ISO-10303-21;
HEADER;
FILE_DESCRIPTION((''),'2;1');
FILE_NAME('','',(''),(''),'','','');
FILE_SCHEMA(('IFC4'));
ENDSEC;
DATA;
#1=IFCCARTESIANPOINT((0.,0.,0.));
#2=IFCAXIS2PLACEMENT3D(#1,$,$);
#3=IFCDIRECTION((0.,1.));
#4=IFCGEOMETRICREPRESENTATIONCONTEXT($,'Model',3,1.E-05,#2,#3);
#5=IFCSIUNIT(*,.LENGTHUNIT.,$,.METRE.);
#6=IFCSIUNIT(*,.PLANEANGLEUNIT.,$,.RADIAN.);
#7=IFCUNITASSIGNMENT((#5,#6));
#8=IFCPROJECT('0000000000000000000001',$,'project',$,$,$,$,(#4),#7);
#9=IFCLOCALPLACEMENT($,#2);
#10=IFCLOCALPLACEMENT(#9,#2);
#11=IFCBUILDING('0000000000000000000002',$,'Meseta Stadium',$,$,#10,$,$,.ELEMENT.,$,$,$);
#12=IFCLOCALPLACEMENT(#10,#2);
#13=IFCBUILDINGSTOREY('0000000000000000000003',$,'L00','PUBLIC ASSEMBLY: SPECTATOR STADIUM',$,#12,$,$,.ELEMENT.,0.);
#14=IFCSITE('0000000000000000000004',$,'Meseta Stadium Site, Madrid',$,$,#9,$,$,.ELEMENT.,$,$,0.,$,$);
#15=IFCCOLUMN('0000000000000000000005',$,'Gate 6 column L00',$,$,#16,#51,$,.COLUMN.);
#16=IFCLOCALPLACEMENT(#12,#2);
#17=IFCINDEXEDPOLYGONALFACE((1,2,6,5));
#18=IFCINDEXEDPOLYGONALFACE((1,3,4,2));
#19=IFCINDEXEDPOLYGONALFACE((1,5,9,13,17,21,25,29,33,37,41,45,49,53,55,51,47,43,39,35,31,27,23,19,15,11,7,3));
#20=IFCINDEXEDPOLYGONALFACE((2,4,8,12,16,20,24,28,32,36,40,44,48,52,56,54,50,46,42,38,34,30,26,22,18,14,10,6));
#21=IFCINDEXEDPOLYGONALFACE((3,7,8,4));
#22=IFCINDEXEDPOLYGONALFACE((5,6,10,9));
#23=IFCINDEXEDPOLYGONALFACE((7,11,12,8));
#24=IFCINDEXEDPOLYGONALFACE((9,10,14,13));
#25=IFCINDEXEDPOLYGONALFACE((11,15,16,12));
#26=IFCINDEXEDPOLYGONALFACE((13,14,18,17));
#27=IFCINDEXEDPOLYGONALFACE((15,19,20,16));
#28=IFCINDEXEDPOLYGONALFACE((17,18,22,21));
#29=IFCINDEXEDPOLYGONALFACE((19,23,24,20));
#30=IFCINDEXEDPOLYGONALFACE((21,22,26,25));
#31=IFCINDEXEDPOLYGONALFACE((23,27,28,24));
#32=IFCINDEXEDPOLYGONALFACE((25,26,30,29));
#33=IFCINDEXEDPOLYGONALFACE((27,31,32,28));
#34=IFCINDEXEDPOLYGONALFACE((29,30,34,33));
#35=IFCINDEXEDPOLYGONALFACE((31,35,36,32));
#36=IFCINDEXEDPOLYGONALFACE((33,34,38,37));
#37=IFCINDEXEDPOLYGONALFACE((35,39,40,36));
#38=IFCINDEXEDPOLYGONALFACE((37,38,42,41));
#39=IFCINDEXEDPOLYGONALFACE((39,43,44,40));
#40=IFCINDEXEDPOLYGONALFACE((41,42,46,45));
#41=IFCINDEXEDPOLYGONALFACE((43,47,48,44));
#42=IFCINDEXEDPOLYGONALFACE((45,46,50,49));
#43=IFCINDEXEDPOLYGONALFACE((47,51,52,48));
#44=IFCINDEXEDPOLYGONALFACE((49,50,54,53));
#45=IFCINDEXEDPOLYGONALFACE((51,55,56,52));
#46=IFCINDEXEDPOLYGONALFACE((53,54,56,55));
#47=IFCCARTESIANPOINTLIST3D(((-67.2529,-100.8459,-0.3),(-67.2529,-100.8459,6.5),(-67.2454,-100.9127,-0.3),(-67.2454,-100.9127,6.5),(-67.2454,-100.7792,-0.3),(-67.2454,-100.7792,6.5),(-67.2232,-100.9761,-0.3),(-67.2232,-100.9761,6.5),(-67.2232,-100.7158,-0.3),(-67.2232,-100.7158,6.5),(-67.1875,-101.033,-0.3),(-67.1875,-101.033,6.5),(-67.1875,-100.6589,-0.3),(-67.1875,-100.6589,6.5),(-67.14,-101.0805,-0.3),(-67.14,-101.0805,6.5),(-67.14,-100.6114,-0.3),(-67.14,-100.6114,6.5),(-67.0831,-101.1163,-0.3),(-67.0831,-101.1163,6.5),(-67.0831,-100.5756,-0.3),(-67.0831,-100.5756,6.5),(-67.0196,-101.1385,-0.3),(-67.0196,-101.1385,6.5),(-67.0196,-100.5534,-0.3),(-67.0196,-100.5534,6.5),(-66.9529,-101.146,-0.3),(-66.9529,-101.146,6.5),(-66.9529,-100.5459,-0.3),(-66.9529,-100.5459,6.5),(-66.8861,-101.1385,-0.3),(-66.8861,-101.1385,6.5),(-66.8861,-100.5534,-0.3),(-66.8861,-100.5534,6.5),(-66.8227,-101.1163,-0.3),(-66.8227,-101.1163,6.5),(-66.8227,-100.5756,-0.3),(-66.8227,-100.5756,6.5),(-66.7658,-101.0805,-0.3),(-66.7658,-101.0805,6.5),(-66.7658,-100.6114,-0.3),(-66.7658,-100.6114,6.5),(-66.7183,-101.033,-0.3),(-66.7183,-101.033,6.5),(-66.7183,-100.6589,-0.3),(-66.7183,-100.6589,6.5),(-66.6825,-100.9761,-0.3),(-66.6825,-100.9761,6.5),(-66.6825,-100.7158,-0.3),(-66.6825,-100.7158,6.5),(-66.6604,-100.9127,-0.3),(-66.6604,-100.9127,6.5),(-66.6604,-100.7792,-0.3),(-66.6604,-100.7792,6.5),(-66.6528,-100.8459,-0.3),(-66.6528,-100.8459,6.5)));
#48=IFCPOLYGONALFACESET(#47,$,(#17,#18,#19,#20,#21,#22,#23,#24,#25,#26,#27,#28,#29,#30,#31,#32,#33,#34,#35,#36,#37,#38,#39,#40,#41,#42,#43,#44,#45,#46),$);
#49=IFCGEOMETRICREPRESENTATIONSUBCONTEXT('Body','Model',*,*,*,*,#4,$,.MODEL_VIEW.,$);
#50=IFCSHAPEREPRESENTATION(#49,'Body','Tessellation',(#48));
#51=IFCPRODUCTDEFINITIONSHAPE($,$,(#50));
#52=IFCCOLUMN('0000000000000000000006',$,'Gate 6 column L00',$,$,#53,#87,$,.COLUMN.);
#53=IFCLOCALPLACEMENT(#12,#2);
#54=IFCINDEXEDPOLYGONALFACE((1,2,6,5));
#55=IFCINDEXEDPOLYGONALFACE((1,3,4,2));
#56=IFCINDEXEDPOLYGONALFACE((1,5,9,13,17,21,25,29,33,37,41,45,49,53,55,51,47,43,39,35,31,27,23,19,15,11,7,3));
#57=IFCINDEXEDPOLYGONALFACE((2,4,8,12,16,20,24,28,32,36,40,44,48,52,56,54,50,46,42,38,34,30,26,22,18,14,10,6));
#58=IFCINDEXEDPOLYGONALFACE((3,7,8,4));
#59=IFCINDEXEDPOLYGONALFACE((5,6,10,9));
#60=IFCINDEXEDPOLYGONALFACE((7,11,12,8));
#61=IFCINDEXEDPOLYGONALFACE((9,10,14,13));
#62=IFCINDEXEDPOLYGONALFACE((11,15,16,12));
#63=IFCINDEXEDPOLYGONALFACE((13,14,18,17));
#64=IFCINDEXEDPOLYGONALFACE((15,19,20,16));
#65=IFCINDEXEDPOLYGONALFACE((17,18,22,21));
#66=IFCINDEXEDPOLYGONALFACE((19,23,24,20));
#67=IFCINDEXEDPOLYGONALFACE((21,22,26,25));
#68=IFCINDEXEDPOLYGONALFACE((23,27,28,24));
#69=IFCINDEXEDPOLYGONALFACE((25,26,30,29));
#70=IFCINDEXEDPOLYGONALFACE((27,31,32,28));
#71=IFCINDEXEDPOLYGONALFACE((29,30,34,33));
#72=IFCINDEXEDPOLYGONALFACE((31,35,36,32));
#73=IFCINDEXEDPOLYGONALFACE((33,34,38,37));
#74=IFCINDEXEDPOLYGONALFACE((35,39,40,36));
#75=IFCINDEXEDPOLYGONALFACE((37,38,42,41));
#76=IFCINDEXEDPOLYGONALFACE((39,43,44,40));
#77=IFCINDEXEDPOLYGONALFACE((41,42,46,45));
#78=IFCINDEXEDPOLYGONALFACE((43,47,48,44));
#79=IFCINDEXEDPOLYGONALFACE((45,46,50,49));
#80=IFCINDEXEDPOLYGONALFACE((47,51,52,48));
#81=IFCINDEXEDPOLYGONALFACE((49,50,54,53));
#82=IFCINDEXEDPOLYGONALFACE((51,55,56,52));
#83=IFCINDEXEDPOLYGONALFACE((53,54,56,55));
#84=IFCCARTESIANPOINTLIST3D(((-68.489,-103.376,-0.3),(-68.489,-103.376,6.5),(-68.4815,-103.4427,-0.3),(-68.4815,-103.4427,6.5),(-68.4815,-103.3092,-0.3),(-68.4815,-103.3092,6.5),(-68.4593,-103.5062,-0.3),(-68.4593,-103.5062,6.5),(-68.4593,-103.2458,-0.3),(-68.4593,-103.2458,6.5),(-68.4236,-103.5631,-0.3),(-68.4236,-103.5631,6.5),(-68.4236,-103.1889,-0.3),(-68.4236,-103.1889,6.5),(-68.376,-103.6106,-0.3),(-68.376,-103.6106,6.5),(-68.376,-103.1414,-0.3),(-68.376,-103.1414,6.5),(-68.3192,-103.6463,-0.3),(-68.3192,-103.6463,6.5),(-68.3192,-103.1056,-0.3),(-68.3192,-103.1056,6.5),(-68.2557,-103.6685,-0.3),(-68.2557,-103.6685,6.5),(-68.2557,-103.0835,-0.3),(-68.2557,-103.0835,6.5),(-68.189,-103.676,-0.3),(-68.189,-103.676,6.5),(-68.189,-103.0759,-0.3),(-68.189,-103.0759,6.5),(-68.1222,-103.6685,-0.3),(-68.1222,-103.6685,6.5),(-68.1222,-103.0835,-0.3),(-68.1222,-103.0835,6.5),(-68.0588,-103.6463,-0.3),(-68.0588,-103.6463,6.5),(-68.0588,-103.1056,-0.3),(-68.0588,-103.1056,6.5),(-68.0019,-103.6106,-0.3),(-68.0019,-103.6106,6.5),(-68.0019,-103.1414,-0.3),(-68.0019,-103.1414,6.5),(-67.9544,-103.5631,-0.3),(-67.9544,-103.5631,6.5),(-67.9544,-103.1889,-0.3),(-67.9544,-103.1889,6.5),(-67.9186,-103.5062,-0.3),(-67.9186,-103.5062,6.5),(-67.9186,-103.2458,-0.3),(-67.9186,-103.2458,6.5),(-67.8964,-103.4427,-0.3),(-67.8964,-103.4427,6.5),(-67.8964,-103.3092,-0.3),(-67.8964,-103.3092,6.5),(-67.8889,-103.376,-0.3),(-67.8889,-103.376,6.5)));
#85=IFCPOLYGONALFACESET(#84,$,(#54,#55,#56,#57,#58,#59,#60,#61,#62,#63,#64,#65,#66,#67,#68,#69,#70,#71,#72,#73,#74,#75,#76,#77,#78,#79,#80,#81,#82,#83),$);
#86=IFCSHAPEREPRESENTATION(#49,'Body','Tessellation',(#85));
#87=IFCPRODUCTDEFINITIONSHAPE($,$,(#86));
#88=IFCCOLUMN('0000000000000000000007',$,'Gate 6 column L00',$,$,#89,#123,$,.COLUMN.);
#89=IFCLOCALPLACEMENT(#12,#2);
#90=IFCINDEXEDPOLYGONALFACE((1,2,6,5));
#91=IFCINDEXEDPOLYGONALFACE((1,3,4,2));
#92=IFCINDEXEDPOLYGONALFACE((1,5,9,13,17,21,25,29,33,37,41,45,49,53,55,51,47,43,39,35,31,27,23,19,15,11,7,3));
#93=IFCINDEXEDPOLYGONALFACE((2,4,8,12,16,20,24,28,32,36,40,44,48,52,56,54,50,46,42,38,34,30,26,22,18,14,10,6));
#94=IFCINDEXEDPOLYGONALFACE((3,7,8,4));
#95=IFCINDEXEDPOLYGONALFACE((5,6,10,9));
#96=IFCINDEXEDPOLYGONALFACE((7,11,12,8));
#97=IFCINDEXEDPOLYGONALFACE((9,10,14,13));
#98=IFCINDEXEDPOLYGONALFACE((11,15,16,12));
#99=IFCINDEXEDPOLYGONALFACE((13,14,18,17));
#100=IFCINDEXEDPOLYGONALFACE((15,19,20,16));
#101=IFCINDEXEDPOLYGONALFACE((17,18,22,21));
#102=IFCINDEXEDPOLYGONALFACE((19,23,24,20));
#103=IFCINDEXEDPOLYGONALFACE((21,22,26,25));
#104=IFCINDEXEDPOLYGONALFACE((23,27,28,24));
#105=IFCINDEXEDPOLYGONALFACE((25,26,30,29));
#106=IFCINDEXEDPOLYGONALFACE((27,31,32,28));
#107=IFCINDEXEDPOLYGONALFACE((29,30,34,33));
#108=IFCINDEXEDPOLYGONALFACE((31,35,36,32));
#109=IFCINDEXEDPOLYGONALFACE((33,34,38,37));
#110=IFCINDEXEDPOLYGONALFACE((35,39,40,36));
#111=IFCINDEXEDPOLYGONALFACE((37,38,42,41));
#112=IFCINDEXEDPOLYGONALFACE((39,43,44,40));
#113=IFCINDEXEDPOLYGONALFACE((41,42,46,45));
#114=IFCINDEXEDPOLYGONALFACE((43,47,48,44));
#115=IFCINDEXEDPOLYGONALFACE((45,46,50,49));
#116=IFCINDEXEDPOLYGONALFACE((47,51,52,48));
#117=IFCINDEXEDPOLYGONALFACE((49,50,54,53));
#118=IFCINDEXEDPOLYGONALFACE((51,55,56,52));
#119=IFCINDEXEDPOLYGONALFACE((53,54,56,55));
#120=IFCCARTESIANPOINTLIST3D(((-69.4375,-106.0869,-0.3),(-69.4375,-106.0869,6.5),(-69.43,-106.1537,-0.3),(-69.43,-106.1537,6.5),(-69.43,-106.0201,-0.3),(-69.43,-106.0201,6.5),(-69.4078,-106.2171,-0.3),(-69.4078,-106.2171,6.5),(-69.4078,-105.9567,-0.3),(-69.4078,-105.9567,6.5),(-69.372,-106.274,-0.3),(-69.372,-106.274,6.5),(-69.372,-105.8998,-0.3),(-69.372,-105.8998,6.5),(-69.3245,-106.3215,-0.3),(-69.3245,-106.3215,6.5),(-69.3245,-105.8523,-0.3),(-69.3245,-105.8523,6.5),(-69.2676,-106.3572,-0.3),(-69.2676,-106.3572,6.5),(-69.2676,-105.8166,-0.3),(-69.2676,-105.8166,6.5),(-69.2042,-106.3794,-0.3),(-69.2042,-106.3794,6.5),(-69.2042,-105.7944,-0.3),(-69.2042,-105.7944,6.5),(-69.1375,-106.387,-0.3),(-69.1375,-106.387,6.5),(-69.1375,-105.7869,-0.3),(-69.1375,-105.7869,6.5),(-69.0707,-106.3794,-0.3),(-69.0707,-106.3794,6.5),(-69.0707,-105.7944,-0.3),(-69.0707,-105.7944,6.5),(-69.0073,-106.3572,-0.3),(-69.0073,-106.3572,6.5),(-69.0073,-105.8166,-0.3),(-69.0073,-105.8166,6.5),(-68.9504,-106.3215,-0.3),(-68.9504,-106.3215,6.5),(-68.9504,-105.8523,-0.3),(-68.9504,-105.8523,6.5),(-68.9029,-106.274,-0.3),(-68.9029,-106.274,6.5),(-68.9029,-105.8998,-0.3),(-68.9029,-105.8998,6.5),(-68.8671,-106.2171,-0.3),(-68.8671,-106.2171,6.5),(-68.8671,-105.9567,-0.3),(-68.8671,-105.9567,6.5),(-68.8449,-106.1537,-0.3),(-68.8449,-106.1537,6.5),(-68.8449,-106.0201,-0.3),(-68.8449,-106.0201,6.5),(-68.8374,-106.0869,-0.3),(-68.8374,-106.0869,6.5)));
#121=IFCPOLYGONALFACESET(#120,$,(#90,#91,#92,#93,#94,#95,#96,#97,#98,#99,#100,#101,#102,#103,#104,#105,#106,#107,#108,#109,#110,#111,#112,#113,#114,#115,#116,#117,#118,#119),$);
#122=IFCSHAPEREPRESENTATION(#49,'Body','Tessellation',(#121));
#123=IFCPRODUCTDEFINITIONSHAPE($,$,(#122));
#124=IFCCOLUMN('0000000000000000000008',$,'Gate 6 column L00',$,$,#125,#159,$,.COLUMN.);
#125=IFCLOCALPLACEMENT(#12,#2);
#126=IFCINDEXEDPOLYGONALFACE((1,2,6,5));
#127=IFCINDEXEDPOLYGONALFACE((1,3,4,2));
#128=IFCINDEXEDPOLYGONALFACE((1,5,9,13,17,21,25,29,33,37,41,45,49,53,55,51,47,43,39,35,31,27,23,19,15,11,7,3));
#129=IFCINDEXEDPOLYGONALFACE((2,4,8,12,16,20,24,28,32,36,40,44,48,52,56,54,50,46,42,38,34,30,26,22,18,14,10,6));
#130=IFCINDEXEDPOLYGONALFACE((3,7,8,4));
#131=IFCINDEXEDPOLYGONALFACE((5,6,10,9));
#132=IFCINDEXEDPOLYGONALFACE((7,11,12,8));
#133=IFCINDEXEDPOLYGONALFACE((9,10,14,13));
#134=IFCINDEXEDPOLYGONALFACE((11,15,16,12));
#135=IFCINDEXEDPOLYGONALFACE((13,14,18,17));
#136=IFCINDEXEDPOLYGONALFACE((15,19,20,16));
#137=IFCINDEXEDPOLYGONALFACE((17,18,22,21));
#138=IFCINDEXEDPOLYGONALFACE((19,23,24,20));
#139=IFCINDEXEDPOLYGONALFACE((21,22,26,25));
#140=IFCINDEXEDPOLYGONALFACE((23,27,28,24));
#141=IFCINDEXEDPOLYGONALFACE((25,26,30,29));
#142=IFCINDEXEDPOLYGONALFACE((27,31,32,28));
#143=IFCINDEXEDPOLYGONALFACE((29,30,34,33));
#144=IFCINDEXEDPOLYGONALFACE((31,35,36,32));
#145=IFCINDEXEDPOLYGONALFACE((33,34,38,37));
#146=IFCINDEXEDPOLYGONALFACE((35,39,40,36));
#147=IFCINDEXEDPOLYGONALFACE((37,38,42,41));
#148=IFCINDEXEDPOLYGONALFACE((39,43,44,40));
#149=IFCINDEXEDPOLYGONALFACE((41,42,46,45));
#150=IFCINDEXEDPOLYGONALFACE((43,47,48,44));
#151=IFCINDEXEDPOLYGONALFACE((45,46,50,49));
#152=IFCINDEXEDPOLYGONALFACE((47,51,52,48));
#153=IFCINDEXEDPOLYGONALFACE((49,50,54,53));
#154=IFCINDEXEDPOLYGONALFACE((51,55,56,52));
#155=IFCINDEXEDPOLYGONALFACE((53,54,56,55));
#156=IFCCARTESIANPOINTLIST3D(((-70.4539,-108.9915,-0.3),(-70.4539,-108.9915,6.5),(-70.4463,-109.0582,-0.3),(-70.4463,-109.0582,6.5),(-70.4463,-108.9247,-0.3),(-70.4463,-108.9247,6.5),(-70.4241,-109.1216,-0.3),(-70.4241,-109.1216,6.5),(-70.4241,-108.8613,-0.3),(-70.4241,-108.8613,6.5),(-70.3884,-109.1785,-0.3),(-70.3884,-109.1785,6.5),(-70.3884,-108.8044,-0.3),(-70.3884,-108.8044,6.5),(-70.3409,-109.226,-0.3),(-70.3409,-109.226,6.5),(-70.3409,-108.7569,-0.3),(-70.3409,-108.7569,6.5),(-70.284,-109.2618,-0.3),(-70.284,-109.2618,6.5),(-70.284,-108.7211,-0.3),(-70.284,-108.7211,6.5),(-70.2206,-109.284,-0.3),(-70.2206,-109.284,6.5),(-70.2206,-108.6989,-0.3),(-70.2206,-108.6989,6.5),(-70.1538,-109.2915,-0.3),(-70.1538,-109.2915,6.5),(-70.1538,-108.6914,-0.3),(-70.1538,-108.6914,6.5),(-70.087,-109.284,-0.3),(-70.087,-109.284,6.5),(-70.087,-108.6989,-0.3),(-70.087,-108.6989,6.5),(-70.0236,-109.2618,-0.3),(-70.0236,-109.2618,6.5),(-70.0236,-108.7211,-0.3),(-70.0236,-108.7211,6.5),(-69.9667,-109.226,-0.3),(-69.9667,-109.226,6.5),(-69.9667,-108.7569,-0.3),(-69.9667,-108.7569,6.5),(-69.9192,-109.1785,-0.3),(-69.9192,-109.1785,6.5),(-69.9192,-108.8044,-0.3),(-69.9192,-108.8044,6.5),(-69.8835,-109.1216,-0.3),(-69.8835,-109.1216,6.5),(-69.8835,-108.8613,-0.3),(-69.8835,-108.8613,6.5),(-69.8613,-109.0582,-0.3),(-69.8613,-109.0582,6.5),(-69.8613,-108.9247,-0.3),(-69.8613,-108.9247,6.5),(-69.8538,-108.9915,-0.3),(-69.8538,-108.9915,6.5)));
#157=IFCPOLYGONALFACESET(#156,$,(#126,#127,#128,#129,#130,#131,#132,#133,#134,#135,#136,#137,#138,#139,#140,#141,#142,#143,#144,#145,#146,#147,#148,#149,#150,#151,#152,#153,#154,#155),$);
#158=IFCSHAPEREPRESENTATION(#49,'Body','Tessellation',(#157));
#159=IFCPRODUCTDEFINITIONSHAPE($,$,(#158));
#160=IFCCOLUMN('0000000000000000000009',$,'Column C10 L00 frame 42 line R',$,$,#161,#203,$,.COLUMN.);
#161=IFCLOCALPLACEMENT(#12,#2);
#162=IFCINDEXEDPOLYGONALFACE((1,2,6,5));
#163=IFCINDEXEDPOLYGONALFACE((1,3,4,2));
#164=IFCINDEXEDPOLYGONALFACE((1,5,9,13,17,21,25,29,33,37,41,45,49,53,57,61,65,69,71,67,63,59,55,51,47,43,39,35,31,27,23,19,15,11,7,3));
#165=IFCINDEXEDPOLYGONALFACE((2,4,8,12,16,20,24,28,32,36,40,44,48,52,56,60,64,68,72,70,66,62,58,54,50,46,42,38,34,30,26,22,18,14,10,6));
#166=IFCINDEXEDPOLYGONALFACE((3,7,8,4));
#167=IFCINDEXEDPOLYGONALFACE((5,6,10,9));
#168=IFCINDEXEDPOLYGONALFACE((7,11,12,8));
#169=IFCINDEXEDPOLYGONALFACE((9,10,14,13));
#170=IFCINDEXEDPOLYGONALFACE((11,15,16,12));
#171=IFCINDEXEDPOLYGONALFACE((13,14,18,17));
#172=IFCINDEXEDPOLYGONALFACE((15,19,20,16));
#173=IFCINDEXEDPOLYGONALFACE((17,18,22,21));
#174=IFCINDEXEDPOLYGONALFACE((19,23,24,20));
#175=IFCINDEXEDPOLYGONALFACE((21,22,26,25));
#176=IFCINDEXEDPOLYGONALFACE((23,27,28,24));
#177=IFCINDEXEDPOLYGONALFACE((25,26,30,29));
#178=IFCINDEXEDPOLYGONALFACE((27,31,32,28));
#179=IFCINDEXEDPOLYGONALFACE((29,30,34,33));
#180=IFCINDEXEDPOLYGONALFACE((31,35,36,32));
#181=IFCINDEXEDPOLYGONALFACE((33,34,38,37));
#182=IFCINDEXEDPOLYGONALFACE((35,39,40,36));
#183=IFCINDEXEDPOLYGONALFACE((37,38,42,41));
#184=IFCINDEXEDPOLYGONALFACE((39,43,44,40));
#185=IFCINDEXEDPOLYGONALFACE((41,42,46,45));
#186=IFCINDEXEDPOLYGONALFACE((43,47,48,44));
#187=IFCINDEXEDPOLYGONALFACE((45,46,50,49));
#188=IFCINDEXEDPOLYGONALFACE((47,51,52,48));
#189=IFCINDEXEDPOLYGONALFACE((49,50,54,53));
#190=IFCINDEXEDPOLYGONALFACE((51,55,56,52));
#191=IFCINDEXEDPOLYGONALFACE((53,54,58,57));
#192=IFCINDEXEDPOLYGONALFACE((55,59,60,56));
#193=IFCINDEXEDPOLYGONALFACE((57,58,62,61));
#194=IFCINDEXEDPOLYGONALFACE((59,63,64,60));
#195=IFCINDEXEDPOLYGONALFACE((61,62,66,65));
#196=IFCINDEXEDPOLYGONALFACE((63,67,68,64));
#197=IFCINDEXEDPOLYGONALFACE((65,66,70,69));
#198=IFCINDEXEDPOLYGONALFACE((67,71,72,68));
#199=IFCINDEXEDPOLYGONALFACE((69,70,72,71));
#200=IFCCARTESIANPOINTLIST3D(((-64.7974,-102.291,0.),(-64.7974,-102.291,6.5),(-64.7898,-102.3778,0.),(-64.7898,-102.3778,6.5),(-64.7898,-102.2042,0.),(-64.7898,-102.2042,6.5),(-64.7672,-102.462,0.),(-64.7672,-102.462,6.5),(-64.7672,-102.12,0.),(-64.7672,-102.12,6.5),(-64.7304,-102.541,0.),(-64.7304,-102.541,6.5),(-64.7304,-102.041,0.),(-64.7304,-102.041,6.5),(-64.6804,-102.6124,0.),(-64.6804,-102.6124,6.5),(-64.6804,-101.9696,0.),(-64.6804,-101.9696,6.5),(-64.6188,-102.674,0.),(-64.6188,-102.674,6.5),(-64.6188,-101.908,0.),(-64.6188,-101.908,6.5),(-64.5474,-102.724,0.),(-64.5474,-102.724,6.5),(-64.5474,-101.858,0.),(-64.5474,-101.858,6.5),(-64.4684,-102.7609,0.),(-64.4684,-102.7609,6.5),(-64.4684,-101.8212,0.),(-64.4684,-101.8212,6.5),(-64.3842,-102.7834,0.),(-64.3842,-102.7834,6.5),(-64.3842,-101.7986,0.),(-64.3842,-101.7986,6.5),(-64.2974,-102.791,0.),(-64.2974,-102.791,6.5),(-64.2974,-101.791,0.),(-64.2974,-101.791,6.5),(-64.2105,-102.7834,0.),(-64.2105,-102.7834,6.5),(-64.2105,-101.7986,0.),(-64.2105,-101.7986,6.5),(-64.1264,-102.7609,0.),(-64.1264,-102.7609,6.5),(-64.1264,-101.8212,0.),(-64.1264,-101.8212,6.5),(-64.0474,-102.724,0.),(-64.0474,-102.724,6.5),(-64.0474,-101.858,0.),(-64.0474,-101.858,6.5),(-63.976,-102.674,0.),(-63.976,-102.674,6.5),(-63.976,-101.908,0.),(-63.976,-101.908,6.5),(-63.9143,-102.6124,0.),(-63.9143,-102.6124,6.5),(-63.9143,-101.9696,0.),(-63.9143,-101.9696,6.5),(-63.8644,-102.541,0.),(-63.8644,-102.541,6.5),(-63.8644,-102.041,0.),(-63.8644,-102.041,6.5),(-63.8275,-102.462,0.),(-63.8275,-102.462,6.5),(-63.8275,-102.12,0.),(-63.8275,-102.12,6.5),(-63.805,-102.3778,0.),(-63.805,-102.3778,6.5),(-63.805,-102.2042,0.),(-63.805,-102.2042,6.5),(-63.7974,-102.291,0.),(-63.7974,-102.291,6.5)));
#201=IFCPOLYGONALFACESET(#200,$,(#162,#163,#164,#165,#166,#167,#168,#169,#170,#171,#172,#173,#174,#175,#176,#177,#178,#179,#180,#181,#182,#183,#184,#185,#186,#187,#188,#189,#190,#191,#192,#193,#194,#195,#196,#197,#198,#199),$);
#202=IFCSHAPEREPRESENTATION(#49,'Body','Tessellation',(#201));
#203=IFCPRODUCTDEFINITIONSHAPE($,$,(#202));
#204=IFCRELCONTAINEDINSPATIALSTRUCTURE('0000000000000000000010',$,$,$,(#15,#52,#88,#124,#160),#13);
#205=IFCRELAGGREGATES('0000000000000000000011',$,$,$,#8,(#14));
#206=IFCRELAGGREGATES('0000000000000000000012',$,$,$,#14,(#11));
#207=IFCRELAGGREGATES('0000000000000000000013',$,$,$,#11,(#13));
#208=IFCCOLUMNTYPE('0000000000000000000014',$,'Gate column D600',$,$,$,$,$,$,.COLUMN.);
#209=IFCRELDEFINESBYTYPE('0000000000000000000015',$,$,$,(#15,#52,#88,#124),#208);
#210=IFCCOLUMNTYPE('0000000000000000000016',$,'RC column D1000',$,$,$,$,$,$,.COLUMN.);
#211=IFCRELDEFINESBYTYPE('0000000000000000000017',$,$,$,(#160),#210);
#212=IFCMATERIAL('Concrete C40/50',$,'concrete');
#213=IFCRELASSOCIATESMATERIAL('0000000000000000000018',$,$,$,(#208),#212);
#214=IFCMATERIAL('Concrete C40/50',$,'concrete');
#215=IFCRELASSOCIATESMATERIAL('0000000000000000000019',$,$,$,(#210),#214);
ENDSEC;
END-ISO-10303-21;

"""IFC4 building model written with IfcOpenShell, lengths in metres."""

from ifc_helpers import new_model, si_unit, direction, frame, origin, origin_2d, place, context, subcontext, project, spatial, circle, extrude, material, material_profile, profile_set, type_object, element, save


model = new_model("IFC4")

# Units and contexts
model_context = context("Model", 3, precision=1e-05, world=origin(), true_north=direction((0.0, 1.0)))
body_context = subcontext(model_context, "Body", "Model", "MODEL_VIEW")
ifc_project = project(units=[si_unit("LENGTHUNIT", "METRE"), si_unit("PLANEANGLEUNIT", "RADIAN")], contexts=[model_context])

# Site, building, storey
site_placement = place(None, origin())
site = spatial("IfcSite", under=ifc_project, at=site_placement, Name="Meseta Stadium Site, Madrid", CompositionType="ELEMENT", RefElevation=0.0)
building_placement = place(site_placement, origin())
building = spatial("IfcBuilding", under=site, at=building_placement, Name="Meseta Stadium", CompositionType="ELEMENT")
storey_placement = place(building_placement, origin())
storey = spatial("IfcBuildingStorey", under=building, at=storey_placement, Name="L00", Description="PUBLIC ASSEMBLY: SPECTATOR STADIUM", CompositionType="ELEMENT", Elevation=0.0)

# Columns
ifc_material_1 = material(Name="Concrete C40/50", Category="concrete")
ifc_material_profile_1 = material_profile(ifc_material_1, circle(Radius=0.3, at=origin_2d()), Name="RC D600")
ifc_profile_set_1 = profile_set([ifc_material_profile_1], Name="Concrete C40/50")
column_type_1 = type_object("IfcColumnType", Name="Gate column D600", PredefinedType="COLUMN", material=ifc_profile_set_1)
for number, where, z_axis, x_axis, name in (
    (1, (-66.9529, -100.8459, -0.3), (0.0, 0.0, 1.0), (1.0, 0.0, 0.0), "Gate 6 column L00"),
    (2, (-68.189, -103.376, -0.3), (0.0, 0.0, 1.0), (1.0, 0.0, 0.0), "Gate 6 column L00"),
    (3, (-69.1375, -106.0869, -0.3), (0.0, 0.0, 1.0), (1.0, 0.0, 0.0), "Gate 6 column L00"),
    (4, (-70.1538, -108.9915, -0.3), (0.0, 0.0, 1.0), (1.0, 0.0, 0.0), "Gate 6 column L00"),
):
    element("IfcColumn", number, at=place(storey_placement, frame(where, z_axis=z_axis, x_axis=x_axis)), inside=storey, type_object=column_type_1, Name=name, PredefinedType="COLUMN", context=body_context, shape_type="SweptSolid", body=[
        extrude(circle(Radius=0.3, at=origin_2d()), origin(), (0.0, 0.0, 1.0), 6.8),
    ])
ifc_material_2 = material(Name="Concrete C40/50", Category="concrete")
ifc_material_profile_2 = material_profile(ifc_material_2, circle(Radius=0.5, at=origin_2d()), Name="RC D1000")
ifc_profile_set_2 = profile_set([ifc_material_profile_2], Name="Concrete C40/50")
column_type_2 = type_object("IfcColumnType", Name="RC column D1000", PredefinedType="COLUMN", material=ifc_profile_set_2)
column_placement = place(storey_placement, frame((-64.2974, -102.291, 0.0), z_axis=(0.0, 0.0, 1.0), x_axis=(1.0, 0.0, 0.0)))
element("IfcColumn", 5, at=column_placement, inside=storey, type_object=column_type_2, Name="Column C10 L00 frame 42 line R", PredefinedType="COLUMN", context=body_context, shape_type="SweptSolid", body=[
    extrude(circle(Radius=0.5, at=origin_2d()), origin(), (0.0, 0.0, 1.0), 6.5),
])

save(model, "model.ifc")
